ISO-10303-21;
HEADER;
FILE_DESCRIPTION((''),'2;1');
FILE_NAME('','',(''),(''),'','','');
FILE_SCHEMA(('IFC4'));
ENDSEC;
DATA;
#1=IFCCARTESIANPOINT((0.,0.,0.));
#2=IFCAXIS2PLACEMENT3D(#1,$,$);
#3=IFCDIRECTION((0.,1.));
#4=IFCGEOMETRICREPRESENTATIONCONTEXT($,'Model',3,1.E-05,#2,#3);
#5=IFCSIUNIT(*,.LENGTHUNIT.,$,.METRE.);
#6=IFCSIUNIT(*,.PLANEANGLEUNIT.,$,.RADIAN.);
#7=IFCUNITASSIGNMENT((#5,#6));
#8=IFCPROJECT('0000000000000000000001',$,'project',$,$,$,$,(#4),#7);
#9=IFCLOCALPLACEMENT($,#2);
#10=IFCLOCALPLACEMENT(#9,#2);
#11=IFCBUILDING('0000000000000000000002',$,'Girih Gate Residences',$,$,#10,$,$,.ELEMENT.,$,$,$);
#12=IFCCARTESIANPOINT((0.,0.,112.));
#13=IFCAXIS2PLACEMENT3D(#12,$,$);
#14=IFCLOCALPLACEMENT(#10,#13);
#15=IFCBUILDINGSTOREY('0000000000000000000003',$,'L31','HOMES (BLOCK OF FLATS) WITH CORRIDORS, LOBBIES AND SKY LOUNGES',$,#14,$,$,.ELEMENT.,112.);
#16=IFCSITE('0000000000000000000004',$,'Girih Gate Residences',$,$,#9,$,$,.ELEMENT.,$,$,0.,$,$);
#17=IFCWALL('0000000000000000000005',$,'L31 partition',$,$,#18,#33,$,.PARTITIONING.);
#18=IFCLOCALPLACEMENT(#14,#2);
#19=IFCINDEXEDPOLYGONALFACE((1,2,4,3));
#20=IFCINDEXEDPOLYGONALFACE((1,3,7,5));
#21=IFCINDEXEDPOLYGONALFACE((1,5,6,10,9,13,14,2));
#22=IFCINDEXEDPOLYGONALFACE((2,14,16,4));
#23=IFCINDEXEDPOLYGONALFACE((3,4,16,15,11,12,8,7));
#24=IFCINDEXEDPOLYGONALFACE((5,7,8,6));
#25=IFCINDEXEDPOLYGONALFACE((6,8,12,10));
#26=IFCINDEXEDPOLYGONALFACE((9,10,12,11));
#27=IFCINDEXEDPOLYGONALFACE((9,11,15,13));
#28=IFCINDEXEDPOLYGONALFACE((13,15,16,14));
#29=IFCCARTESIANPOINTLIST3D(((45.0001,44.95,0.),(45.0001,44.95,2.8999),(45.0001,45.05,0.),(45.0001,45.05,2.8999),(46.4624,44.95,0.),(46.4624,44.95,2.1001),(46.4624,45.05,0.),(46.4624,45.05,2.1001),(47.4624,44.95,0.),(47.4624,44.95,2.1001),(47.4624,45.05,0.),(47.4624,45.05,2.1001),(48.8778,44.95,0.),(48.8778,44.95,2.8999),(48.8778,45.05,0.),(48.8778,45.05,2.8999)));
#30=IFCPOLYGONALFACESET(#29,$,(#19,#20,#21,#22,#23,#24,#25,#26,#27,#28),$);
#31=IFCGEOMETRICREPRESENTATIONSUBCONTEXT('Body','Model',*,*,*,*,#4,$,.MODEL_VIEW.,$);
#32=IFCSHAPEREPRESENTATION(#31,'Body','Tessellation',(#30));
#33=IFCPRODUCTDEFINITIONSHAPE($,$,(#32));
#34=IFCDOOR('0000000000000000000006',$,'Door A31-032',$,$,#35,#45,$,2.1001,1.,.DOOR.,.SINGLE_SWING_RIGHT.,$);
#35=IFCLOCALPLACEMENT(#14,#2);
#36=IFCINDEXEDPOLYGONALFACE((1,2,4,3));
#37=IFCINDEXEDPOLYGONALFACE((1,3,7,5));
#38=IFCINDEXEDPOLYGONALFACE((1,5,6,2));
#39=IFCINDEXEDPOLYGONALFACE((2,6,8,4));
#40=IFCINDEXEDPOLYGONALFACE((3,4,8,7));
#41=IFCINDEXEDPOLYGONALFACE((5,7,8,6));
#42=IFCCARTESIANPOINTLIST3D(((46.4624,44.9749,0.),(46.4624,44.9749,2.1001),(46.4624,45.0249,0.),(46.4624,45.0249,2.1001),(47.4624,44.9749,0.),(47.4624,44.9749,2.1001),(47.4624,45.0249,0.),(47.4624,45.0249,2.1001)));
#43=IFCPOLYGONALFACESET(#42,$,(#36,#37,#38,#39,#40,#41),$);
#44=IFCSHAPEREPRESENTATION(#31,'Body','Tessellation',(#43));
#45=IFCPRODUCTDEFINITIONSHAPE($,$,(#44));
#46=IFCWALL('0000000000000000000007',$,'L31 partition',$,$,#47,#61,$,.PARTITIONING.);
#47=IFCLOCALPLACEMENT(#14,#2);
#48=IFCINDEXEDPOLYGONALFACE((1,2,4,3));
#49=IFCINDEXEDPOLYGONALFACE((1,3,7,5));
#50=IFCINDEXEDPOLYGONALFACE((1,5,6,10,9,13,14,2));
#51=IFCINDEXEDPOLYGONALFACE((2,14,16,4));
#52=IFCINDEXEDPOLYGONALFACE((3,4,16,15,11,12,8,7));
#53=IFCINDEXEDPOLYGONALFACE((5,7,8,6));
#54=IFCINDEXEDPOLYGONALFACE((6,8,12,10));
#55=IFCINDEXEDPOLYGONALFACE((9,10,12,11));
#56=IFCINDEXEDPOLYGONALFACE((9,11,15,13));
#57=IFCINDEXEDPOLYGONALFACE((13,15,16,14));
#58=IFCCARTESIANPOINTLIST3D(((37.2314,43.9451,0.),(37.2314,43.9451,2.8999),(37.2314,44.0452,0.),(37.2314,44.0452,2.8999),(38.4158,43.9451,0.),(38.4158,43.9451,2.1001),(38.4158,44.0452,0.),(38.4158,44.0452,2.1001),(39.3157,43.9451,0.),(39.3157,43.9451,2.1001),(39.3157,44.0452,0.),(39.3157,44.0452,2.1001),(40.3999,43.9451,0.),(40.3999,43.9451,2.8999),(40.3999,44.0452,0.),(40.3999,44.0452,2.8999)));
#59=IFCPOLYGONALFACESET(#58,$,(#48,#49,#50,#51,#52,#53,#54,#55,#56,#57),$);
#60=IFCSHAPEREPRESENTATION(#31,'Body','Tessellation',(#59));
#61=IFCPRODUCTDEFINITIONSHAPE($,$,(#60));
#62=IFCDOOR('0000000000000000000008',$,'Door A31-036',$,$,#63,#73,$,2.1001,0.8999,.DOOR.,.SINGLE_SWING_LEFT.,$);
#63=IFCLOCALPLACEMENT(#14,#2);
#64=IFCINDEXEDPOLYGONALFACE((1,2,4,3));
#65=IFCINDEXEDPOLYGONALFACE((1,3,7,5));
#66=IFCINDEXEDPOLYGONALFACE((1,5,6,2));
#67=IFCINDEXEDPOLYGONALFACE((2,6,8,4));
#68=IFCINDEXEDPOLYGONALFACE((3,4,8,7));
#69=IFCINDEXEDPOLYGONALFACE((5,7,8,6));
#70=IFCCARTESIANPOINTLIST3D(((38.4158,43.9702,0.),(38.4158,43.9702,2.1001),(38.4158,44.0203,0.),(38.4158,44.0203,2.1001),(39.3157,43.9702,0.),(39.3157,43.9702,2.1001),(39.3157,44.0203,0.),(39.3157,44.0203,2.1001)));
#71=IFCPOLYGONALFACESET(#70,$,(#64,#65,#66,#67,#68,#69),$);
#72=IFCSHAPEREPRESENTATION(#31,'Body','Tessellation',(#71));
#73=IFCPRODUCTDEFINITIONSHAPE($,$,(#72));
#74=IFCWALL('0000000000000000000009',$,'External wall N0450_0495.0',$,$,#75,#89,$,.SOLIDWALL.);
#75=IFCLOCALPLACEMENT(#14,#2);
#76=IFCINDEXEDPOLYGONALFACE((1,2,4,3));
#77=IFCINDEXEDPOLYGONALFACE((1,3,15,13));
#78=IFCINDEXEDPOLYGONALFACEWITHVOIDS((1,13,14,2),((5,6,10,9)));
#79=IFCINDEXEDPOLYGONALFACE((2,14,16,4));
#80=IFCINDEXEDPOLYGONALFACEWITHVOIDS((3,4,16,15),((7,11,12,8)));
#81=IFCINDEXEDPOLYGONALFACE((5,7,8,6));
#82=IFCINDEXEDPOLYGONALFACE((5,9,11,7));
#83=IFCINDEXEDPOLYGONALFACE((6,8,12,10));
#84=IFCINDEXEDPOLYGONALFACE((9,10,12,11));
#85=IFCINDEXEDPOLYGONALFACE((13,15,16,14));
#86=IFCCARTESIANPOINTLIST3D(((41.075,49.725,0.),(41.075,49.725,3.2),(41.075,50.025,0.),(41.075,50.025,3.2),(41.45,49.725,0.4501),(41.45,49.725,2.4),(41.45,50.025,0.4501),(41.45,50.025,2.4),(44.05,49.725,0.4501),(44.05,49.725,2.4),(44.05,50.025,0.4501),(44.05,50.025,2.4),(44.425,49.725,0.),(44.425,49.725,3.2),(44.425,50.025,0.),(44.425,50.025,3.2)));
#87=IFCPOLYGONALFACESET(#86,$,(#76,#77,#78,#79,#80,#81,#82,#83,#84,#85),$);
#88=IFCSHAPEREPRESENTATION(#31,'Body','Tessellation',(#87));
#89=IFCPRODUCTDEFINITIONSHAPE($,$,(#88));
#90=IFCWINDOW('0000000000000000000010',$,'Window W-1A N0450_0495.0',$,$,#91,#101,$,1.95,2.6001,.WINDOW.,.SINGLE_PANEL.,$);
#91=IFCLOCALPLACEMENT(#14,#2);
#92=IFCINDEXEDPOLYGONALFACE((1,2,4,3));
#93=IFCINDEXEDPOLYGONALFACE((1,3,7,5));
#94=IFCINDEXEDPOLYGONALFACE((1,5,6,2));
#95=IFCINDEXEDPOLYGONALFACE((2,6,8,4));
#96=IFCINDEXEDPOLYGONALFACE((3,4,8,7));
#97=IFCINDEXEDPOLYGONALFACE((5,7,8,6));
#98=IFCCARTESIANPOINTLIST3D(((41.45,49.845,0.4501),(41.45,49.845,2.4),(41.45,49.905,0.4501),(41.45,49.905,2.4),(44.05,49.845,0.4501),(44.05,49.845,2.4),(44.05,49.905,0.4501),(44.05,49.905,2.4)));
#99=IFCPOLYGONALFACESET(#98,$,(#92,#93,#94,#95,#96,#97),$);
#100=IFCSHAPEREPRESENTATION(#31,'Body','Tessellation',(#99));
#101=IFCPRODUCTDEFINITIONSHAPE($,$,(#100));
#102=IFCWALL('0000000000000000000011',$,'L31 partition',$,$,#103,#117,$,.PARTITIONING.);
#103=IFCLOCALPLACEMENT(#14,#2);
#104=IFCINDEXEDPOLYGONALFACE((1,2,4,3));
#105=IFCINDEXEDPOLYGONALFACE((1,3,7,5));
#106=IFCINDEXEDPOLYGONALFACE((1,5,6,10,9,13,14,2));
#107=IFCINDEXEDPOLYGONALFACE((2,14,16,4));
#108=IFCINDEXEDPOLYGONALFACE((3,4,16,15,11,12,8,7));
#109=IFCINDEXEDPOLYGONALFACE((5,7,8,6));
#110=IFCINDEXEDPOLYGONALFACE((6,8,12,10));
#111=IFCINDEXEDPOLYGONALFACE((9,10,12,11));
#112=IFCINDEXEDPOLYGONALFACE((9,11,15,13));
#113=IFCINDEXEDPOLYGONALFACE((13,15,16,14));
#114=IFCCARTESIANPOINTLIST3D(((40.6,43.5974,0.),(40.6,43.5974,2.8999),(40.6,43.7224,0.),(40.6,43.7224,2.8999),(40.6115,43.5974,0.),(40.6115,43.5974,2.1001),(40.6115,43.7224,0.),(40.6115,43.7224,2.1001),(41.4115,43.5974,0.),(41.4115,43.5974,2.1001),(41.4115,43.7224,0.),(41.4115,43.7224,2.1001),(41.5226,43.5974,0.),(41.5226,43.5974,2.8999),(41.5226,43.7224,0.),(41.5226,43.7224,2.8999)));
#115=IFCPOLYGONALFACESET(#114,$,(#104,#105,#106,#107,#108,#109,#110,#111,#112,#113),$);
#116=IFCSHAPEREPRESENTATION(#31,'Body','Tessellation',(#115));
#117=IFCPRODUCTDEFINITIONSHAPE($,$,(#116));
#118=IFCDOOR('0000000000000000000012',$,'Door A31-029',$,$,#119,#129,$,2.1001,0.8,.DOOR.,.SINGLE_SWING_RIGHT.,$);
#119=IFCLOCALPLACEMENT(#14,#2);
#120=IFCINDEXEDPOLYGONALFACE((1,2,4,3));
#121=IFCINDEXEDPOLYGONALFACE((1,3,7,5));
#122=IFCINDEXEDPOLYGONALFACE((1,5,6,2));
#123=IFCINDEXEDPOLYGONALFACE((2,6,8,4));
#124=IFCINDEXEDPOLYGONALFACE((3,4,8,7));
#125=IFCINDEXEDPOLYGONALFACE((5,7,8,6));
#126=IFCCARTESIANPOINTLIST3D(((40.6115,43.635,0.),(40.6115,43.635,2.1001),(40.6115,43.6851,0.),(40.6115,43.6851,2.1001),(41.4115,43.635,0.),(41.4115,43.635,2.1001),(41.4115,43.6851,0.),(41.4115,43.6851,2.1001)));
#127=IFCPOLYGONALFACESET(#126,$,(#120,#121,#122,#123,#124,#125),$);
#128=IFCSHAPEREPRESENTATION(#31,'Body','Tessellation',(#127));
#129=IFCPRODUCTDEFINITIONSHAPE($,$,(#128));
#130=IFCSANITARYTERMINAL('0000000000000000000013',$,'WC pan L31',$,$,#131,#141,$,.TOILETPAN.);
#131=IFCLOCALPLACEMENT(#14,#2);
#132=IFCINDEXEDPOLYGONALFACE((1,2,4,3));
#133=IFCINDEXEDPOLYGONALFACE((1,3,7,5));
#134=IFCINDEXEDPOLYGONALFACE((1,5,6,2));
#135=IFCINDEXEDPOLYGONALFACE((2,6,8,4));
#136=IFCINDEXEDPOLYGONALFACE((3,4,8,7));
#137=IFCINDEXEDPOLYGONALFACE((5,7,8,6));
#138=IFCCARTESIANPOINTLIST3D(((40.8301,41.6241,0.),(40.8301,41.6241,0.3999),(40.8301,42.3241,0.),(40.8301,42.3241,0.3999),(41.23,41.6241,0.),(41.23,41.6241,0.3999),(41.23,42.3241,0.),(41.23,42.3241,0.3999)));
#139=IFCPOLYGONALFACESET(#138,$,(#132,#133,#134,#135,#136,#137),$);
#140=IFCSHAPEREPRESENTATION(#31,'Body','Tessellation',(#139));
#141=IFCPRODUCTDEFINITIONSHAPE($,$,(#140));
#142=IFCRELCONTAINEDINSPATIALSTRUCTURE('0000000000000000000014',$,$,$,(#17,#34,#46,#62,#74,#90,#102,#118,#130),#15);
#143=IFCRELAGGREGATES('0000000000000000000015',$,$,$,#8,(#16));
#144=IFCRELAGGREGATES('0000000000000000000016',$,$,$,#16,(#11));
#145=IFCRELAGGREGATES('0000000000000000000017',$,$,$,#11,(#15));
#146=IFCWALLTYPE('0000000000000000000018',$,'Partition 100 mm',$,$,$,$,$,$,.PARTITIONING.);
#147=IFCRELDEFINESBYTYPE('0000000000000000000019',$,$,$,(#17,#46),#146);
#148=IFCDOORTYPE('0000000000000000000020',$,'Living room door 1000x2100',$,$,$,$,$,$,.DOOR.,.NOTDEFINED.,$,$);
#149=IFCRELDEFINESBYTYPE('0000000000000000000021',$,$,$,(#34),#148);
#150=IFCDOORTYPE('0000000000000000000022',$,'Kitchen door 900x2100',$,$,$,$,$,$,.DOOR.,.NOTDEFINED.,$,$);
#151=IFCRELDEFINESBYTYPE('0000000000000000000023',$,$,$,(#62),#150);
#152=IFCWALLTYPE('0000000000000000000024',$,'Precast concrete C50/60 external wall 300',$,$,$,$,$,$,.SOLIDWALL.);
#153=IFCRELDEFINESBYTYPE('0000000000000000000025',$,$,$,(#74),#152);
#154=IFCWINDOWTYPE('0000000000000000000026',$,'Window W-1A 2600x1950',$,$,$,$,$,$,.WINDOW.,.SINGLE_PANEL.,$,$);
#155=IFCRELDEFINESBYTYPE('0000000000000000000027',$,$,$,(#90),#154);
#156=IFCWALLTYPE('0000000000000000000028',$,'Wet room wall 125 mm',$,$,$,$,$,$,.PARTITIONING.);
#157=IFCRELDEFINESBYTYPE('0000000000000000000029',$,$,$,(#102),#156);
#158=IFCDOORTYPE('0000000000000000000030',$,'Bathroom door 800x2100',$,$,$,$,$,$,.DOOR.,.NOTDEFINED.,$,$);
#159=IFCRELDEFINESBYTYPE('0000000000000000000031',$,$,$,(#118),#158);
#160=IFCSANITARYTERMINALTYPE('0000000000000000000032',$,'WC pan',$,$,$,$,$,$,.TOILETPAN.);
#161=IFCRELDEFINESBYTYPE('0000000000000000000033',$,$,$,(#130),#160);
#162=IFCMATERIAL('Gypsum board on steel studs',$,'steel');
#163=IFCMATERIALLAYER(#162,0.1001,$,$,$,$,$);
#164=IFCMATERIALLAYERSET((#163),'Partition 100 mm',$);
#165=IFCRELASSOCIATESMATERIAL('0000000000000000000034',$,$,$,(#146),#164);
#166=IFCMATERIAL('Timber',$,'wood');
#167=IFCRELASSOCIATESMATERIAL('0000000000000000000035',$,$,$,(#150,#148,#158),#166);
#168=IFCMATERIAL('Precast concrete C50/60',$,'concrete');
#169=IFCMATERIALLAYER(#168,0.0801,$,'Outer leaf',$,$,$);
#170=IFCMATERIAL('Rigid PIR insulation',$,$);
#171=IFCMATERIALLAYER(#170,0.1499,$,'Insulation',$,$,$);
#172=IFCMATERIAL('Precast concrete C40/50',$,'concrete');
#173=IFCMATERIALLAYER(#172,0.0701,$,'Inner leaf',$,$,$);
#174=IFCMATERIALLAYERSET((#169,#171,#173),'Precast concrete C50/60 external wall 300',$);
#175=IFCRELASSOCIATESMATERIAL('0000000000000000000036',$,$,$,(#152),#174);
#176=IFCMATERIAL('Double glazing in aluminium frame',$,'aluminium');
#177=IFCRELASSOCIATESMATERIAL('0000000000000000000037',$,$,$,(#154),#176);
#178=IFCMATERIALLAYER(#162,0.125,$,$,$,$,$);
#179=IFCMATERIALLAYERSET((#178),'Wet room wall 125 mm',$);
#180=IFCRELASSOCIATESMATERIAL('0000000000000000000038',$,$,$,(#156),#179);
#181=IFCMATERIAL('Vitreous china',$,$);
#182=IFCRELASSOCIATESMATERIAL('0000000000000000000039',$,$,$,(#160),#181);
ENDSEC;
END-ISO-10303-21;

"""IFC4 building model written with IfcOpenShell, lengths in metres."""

from ifc_helpers import new_model, si_unit, direction, frame, frame_2d, origin, origin_2d, place, context, subcontext, project, spatial, rectangle, extrude, material, layer, layer_set, type_object, element, fill, save


model = new_model("IFC4")

# Units and contexts
model_context = context("Model", 3, precision=1e-05, world=origin(), true_north=direction((0.0, 1.0)))
body_context = subcontext(model_context, "Body", "Model", "MODEL_VIEW")
ifc_project = project(units=[si_unit("LENGTHUNIT", "METRE"), si_unit("PLANEANGLEUNIT", "RADIAN")], contexts=[model_context])

# Site, building, storey
site_placement = place(None, origin())
site = spatial("IfcSite", under=ifc_project, at=site_placement, Name="Girih Gate Residences", CompositionType="ELEMENT", RefElevation=0.0)
building_placement = place(site_placement, origin())
building = spatial("IfcBuilding", under=site, at=building_placement, Name="Girih Gate Residences", CompositionType="ELEMENT")
storey_placement = place(building_placement, frame((0.0, 0.0, 112.0)))
storey = spatial("IfcBuildingStorey", under=building, at=storey_placement, Name="L31", Description="HOMES (BLOCK OF FLATS) WITH CORRIDORS, LOBBIES AND SKY LOUNGES", CompositionType="ELEMENT", Elevation=112.0)

# Shared definitions
ifc_material_1 = material(Name="Gypsum board on steel studs", Category="steel")
ifc_layer_1 = layer(ifc_material_1, 0.1001)
ifc_layer_set_1 = layer_set([ifc_layer_1], Name="Partition 100 mm")
wall_type_1 = type_object("IfcWallType", Name="Partition 100 mm", PredefinedType="PARTITIONING", material=ifc_layer_set_1)
ifc_material_2 = material(Name="Timber", Category="wood")

# Walls, openings, doors
door_type_1 = type_object("IfcDoorType", Name="Kitchen door 900x2100", OperationType="NOTDEFINED", PredefinedType="DOOR", material=ifc_material_2)
wall_1_placement = place(storey_placement, frame((45.0, 45.0, 0.0), z_axis=(0.0, 0.0, 1.0), x_axis=(1.0, 0.0, 0.0)))
wall_1 = element("IfcWall", 1, at=wall_1_placement, inside=storey, type_object=wall_type_1, Name="L31 partition", PredefinedType="PARTITIONING", context=body_context, shape_type="SweptSolid", body=[
    extrude(rectangle(XDim=3.8777, YDim=0.1001, at=frame_2d((1.939, 0.0))), origin(), (0.0, 0.0, 1.0), 2.8999),
])
opening_1_placement = place(wall_1_placement, frame((1.4624, 0.0, 0.0)))
opening_1 = element("IfcOpeningElement", 2, at=opening_1_placement, cuts=wall_1, PredefinedType="OPENING", context=body_context, shape_type="SweptSolid", body=[
    extrude(rectangle(XDim=1.0, YDim=2.1001, at=frame_2d((0.5, 1.05))), frame((0.0, 0.0601, 0.0), z_axis=(0.0, -1.0, 0.0), x_axis=(1.0, 0.0, 0.0)), (0.0, 0.0, 1.0), 0.1201),
])
door_type_2 = type_object("IfcDoorType", Name="Living room door 1000x2100", OperationType="NOTDEFINED", PredefinedType="DOOR", material=ifc_material_2)
door_1_placement = place(opening_1_placement, origin())
door_1 = element("IfcDoor", 3, at=door_1_placement, inside=storey, type_object=door_type_2, Name="Door A31-032", OperationType="SINGLE_SWING_RIGHT", OverallHeight=2.1001, OverallWidth=1.0, PredefinedType="DOOR", context=body_context, shape_type="SweptSolid", body=[
    extrude(rectangle(XDim=1.0, YDim=2.1001, at=frame_2d((0.5, 1.05))), frame((0.0, 0.0249, 0.0), z_axis=(0.0, -1.0, 0.0), x_axis=(1.0, 0.0, 0.0)), (0.0, 0.0, 1.0), 0.05),
])
fill(opening_1, door_1)
wall_2_placement = place(storey_placement, frame((40.3999, 43.9951, 0.0), z_axis=(0.0, 0.0, 1.0), x_axis=(-1.0, 0.0, 0.0)))
wall_2 = element("IfcWall", 4, at=wall_2_placement, inside=storey, type_object=wall_type_1, Name="L31 partition", PredefinedType="PARTITIONING", context=body_context, shape_type="SweptSolid", body=[
    extrude(rectangle(XDim=3.1685, YDim=0.1001, at=frame_2d((1.5842, 0.0))), origin(), (0.0, 0.0, 1.0), 2.8999),
])
opening_2_placement = place(wall_2_placement, frame((1.0842, 0.0, 0.0)))
opening_2 = element("IfcOpeningElement", 5, at=opening_2_placement, cuts=wall_2, PredefinedType="OPENING", context=body_context, shape_type="SweptSolid", body=[
    extrude(rectangle(XDim=0.8999, YDim=2.1001, at=frame_2d((0.45, 1.05))), frame((0.0, 0.0601, 0.0), z_axis=(0.0, -1.0, 0.0), x_axis=(1.0, 0.0, 0.0)), (0.0, 0.0, 1.0), 0.1201),
])
door_2_placement = place(opening_2_placement, origin())
door_2 = element("IfcDoor", 6, at=door_2_placement, inside=storey, type_object=door_type_1, Name="Door A31-036", OperationType="SINGLE_SWING_LEFT", OverallHeight=2.1001, OverallWidth=0.8999, PredefinedType="DOOR", context=body_context, shape_type="SweptSolid", body=[
    extrude(rectangle(XDim=0.8999, YDim=2.1001, at=frame_2d((0.45, 1.05))), frame((0.0, 0.0249, 0.0), z_axis=(0.0, -1.0, 0.0), x_axis=(1.0, 0.0, 0.0)), (0.0, 0.0, 1.0), 0.05),
])
fill(opening_2, door_2)

# Wall, opening, window
ifc_material_3 = material(Name="Precast concrete C50/60", Category="concrete")
ifc_layer_2 = layer(ifc_material_3, 0.0801, Name="Outer leaf")
ifc_material_4 = material(Name="Rigid PIR insulation")
ifc_layer_3 = layer(ifc_material_4, 0.1499, Name="Insulation")
ifc_material_5 = material(Name="Precast concrete C40/50", Category="concrete")
ifc_layer_4 = layer(ifc_material_5, 0.0701, Name="Inner leaf")
ifc_layer_set_2 = layer_set([ifc_layer_2, ifc_layer_3, ifc_layer_4], Name="Precast concrete C50/60 external wall 300")
wall_type_2 = type_object("IfcWallType", Name="Precast concrete C50/60 external wall 300", PredefinedType="SOLIDWALL", material=ifc_layer_set_2)
wall_3_placement = place(storey_placement, frame((41.075, 49.875, 0.0), z_axis=(0.0, 0.0, 1.0), x_axis=(1.0, 0.0, 0.0)))
wall_3 = element("IfcWall", 7, at=wall_3_placement, inside=storey, type_object=wall_type_2, Name="External wall N0450_0495.0", PredefinedType="SOLIDWALL", context=body_context, shape_type="SweptSolid", body=[
    extrude(rectangle(XDim=3.3501, YDim=0.3, at=frame_2d((1.675, 0.0))), origin(), (0.0, 0.0, 1.0), 3.2),
])
opening_3_placement = place(wall_3_placement, frame((0.375, 0.0, 0.45)))
opening_3 = element("IfcOpeningElement", 8, at=opening_3_placement, cuts=wall_3, PredefinedType="OPENING", context=body_context, shape_type="SweptSolid", body=[
    extrude(rectangle(XDim=2.6001, YDim=1.95, at=frame_2d((1.3, 0.9751))), frame((0.0, 0.1599, 0.0), z_axis=(0.0, -1.0, 0.0), x_axis=(1.0, 0.0, 0.0)), (0.0, 0.0, 1.0), 0.3201),
])
ifc_material_6 = material(Name="Double glazing in aluminium frame", Category="aluminium")
window_type = type_object("IfcWindowType", Name="Window W-1A 2600x1950", PartitioningType="SINGLE_PANEL", PredefinedType="WINDOW", material=ifc_material_6)
window_placement = place(opening_3_placement, origin())
window = element("IfcWindow", 9, at=window_placement, inside=storey, type_object=window_type, Name="Window W-1A N0450_0495.0", OverallHeight=1.95, OverallWidth=2.6001, PartitioningType="SINGLE_PANEL", PredefinedType="WINDOW", context=body_context, shape_type="SweptSolid", body=[
    extrude(rectangle(XDim=2.6001, YDim=1.95, at=frame_2d((1.3, 0.9751))), frame((0.0, 0.03, 0.0), z_axis=(0.0, -1.0, 0.0), x_axis=(1.0, 0.0, 0.0)), (0.0, 0.0, 1.0), 0.0601),
])
fill(opening_3, window)

# Wall, opening, door
ifc_layer_5 = layer(ifc_material_1, 0.125)
ifc_layer_set_3 = layer_set([ifc_layer_5], Name="Wet room wall 125 mm")
wall_type_3 = type_object("IfcWallType", Name="Wet room wall 125 mm", PredefinedType="PARTITIONING", material=ifc_layer_set_3)
wall_4_placement = place(storey_placement, frame((41.5227, 43.6599, 0.0), z_axis=(0.0, 0.0, 1.0), x_axis=(-1.0, 0.0, 0.0)))
wall_4 = element("IfcWall", 10, at=wall_4_placement, inside=storey, type_object=wall_type_3, Name="L31 partition", PredefinedType="PARTITIONING", context=body_context, shape_type="SweptSolid", body=[
    extrude(rectangle(XDim=0.9226, YDim=0.125, at=frame_2d((0.4614, 0.0))), origin(), (0.0, 0.0, 1.0), 2.8999),
])
opening_4_placement = place(wall_4_placement, frame((0.1113, 0.0, 0.0)))
opening_4 = element("IfcOpeningElement", 11, at=opening_4_placement, cuts=wall_4, PredefinedType="OPENING", context=body_context, shape_type="SweptSolid", body=[
    extrude(rectangle(XDim=0.8, YDim=2.1001, at=frame_2d((0.3999, 1.05))), frame((0.0, 0.0725, 0.0), z_axis=(0.0, -1.0, 0.0), x_axis=(1.0, 0.0, 0.0)), (0.0, 0.0, 1.0), 0.145),
])
door_type_3 = type_object("IfcDoorType", Name="Bathroom door 800x2100", OperationType="NOTDEFINED", PredefinedType="DOOR", material=ifc_material_2)
door_3_placement = place(opening_4_placement, origin())
door_3 = element("IfcDoor", 12, at=door_3_placement, inside=storey, type_object=door_type_3, Name="Door A31-029", OperationType="SINGLE_SWING_RIGHT", OverallHeight=2.1001, OverallWidth=0.8, PredefinedType="DOOR", context=body_context, shape_type="SweptSolid", body=[
    extrude(rectangle(XDim=0.8, YDim=2.1001, at=frame_2d((0.3999, 1.05))), frame((0.0, 0.0249, 0.0), z_axis=(0.0, -1.0, 0.0), x_axis=(1.0, 0.0, 0.0)), (0.0, 0.0, 1.0), 0.05),
])
fill(opening_4, door_3)

# Sanitary terminal
ifc_material_7 = material(Name="Vitreous china")
sanitary_terminal_type = type_object("IfcSanitaryTerminalType", Name="WC pan", PredefinedType="TOILETPAN", material=ifc_material_7)
sanitary_terminal_placement = place(storey_placement, frame((41.03, 41.9741, 0.0), z_axis=(0.0, 0.0, 1.0), x_axis=(1.0, 0.0, 0.0)))
element("IfcSanitaryTerminal", 13, at=sanitary_terminal_placement, inside=storey, type_object=sanitary_terminal_type, Name="WC pan L31", PredefinedType="TOILETPAN", context=body_context, shape_type="SweptSolid", body=[
    extrude(rectangle(XDim=0.3999, YDim=0.7, at=origin_2d()), origin(), (0.0, 0.0, 1.0), 0.3999),
])

save(model, "model.ifc")
